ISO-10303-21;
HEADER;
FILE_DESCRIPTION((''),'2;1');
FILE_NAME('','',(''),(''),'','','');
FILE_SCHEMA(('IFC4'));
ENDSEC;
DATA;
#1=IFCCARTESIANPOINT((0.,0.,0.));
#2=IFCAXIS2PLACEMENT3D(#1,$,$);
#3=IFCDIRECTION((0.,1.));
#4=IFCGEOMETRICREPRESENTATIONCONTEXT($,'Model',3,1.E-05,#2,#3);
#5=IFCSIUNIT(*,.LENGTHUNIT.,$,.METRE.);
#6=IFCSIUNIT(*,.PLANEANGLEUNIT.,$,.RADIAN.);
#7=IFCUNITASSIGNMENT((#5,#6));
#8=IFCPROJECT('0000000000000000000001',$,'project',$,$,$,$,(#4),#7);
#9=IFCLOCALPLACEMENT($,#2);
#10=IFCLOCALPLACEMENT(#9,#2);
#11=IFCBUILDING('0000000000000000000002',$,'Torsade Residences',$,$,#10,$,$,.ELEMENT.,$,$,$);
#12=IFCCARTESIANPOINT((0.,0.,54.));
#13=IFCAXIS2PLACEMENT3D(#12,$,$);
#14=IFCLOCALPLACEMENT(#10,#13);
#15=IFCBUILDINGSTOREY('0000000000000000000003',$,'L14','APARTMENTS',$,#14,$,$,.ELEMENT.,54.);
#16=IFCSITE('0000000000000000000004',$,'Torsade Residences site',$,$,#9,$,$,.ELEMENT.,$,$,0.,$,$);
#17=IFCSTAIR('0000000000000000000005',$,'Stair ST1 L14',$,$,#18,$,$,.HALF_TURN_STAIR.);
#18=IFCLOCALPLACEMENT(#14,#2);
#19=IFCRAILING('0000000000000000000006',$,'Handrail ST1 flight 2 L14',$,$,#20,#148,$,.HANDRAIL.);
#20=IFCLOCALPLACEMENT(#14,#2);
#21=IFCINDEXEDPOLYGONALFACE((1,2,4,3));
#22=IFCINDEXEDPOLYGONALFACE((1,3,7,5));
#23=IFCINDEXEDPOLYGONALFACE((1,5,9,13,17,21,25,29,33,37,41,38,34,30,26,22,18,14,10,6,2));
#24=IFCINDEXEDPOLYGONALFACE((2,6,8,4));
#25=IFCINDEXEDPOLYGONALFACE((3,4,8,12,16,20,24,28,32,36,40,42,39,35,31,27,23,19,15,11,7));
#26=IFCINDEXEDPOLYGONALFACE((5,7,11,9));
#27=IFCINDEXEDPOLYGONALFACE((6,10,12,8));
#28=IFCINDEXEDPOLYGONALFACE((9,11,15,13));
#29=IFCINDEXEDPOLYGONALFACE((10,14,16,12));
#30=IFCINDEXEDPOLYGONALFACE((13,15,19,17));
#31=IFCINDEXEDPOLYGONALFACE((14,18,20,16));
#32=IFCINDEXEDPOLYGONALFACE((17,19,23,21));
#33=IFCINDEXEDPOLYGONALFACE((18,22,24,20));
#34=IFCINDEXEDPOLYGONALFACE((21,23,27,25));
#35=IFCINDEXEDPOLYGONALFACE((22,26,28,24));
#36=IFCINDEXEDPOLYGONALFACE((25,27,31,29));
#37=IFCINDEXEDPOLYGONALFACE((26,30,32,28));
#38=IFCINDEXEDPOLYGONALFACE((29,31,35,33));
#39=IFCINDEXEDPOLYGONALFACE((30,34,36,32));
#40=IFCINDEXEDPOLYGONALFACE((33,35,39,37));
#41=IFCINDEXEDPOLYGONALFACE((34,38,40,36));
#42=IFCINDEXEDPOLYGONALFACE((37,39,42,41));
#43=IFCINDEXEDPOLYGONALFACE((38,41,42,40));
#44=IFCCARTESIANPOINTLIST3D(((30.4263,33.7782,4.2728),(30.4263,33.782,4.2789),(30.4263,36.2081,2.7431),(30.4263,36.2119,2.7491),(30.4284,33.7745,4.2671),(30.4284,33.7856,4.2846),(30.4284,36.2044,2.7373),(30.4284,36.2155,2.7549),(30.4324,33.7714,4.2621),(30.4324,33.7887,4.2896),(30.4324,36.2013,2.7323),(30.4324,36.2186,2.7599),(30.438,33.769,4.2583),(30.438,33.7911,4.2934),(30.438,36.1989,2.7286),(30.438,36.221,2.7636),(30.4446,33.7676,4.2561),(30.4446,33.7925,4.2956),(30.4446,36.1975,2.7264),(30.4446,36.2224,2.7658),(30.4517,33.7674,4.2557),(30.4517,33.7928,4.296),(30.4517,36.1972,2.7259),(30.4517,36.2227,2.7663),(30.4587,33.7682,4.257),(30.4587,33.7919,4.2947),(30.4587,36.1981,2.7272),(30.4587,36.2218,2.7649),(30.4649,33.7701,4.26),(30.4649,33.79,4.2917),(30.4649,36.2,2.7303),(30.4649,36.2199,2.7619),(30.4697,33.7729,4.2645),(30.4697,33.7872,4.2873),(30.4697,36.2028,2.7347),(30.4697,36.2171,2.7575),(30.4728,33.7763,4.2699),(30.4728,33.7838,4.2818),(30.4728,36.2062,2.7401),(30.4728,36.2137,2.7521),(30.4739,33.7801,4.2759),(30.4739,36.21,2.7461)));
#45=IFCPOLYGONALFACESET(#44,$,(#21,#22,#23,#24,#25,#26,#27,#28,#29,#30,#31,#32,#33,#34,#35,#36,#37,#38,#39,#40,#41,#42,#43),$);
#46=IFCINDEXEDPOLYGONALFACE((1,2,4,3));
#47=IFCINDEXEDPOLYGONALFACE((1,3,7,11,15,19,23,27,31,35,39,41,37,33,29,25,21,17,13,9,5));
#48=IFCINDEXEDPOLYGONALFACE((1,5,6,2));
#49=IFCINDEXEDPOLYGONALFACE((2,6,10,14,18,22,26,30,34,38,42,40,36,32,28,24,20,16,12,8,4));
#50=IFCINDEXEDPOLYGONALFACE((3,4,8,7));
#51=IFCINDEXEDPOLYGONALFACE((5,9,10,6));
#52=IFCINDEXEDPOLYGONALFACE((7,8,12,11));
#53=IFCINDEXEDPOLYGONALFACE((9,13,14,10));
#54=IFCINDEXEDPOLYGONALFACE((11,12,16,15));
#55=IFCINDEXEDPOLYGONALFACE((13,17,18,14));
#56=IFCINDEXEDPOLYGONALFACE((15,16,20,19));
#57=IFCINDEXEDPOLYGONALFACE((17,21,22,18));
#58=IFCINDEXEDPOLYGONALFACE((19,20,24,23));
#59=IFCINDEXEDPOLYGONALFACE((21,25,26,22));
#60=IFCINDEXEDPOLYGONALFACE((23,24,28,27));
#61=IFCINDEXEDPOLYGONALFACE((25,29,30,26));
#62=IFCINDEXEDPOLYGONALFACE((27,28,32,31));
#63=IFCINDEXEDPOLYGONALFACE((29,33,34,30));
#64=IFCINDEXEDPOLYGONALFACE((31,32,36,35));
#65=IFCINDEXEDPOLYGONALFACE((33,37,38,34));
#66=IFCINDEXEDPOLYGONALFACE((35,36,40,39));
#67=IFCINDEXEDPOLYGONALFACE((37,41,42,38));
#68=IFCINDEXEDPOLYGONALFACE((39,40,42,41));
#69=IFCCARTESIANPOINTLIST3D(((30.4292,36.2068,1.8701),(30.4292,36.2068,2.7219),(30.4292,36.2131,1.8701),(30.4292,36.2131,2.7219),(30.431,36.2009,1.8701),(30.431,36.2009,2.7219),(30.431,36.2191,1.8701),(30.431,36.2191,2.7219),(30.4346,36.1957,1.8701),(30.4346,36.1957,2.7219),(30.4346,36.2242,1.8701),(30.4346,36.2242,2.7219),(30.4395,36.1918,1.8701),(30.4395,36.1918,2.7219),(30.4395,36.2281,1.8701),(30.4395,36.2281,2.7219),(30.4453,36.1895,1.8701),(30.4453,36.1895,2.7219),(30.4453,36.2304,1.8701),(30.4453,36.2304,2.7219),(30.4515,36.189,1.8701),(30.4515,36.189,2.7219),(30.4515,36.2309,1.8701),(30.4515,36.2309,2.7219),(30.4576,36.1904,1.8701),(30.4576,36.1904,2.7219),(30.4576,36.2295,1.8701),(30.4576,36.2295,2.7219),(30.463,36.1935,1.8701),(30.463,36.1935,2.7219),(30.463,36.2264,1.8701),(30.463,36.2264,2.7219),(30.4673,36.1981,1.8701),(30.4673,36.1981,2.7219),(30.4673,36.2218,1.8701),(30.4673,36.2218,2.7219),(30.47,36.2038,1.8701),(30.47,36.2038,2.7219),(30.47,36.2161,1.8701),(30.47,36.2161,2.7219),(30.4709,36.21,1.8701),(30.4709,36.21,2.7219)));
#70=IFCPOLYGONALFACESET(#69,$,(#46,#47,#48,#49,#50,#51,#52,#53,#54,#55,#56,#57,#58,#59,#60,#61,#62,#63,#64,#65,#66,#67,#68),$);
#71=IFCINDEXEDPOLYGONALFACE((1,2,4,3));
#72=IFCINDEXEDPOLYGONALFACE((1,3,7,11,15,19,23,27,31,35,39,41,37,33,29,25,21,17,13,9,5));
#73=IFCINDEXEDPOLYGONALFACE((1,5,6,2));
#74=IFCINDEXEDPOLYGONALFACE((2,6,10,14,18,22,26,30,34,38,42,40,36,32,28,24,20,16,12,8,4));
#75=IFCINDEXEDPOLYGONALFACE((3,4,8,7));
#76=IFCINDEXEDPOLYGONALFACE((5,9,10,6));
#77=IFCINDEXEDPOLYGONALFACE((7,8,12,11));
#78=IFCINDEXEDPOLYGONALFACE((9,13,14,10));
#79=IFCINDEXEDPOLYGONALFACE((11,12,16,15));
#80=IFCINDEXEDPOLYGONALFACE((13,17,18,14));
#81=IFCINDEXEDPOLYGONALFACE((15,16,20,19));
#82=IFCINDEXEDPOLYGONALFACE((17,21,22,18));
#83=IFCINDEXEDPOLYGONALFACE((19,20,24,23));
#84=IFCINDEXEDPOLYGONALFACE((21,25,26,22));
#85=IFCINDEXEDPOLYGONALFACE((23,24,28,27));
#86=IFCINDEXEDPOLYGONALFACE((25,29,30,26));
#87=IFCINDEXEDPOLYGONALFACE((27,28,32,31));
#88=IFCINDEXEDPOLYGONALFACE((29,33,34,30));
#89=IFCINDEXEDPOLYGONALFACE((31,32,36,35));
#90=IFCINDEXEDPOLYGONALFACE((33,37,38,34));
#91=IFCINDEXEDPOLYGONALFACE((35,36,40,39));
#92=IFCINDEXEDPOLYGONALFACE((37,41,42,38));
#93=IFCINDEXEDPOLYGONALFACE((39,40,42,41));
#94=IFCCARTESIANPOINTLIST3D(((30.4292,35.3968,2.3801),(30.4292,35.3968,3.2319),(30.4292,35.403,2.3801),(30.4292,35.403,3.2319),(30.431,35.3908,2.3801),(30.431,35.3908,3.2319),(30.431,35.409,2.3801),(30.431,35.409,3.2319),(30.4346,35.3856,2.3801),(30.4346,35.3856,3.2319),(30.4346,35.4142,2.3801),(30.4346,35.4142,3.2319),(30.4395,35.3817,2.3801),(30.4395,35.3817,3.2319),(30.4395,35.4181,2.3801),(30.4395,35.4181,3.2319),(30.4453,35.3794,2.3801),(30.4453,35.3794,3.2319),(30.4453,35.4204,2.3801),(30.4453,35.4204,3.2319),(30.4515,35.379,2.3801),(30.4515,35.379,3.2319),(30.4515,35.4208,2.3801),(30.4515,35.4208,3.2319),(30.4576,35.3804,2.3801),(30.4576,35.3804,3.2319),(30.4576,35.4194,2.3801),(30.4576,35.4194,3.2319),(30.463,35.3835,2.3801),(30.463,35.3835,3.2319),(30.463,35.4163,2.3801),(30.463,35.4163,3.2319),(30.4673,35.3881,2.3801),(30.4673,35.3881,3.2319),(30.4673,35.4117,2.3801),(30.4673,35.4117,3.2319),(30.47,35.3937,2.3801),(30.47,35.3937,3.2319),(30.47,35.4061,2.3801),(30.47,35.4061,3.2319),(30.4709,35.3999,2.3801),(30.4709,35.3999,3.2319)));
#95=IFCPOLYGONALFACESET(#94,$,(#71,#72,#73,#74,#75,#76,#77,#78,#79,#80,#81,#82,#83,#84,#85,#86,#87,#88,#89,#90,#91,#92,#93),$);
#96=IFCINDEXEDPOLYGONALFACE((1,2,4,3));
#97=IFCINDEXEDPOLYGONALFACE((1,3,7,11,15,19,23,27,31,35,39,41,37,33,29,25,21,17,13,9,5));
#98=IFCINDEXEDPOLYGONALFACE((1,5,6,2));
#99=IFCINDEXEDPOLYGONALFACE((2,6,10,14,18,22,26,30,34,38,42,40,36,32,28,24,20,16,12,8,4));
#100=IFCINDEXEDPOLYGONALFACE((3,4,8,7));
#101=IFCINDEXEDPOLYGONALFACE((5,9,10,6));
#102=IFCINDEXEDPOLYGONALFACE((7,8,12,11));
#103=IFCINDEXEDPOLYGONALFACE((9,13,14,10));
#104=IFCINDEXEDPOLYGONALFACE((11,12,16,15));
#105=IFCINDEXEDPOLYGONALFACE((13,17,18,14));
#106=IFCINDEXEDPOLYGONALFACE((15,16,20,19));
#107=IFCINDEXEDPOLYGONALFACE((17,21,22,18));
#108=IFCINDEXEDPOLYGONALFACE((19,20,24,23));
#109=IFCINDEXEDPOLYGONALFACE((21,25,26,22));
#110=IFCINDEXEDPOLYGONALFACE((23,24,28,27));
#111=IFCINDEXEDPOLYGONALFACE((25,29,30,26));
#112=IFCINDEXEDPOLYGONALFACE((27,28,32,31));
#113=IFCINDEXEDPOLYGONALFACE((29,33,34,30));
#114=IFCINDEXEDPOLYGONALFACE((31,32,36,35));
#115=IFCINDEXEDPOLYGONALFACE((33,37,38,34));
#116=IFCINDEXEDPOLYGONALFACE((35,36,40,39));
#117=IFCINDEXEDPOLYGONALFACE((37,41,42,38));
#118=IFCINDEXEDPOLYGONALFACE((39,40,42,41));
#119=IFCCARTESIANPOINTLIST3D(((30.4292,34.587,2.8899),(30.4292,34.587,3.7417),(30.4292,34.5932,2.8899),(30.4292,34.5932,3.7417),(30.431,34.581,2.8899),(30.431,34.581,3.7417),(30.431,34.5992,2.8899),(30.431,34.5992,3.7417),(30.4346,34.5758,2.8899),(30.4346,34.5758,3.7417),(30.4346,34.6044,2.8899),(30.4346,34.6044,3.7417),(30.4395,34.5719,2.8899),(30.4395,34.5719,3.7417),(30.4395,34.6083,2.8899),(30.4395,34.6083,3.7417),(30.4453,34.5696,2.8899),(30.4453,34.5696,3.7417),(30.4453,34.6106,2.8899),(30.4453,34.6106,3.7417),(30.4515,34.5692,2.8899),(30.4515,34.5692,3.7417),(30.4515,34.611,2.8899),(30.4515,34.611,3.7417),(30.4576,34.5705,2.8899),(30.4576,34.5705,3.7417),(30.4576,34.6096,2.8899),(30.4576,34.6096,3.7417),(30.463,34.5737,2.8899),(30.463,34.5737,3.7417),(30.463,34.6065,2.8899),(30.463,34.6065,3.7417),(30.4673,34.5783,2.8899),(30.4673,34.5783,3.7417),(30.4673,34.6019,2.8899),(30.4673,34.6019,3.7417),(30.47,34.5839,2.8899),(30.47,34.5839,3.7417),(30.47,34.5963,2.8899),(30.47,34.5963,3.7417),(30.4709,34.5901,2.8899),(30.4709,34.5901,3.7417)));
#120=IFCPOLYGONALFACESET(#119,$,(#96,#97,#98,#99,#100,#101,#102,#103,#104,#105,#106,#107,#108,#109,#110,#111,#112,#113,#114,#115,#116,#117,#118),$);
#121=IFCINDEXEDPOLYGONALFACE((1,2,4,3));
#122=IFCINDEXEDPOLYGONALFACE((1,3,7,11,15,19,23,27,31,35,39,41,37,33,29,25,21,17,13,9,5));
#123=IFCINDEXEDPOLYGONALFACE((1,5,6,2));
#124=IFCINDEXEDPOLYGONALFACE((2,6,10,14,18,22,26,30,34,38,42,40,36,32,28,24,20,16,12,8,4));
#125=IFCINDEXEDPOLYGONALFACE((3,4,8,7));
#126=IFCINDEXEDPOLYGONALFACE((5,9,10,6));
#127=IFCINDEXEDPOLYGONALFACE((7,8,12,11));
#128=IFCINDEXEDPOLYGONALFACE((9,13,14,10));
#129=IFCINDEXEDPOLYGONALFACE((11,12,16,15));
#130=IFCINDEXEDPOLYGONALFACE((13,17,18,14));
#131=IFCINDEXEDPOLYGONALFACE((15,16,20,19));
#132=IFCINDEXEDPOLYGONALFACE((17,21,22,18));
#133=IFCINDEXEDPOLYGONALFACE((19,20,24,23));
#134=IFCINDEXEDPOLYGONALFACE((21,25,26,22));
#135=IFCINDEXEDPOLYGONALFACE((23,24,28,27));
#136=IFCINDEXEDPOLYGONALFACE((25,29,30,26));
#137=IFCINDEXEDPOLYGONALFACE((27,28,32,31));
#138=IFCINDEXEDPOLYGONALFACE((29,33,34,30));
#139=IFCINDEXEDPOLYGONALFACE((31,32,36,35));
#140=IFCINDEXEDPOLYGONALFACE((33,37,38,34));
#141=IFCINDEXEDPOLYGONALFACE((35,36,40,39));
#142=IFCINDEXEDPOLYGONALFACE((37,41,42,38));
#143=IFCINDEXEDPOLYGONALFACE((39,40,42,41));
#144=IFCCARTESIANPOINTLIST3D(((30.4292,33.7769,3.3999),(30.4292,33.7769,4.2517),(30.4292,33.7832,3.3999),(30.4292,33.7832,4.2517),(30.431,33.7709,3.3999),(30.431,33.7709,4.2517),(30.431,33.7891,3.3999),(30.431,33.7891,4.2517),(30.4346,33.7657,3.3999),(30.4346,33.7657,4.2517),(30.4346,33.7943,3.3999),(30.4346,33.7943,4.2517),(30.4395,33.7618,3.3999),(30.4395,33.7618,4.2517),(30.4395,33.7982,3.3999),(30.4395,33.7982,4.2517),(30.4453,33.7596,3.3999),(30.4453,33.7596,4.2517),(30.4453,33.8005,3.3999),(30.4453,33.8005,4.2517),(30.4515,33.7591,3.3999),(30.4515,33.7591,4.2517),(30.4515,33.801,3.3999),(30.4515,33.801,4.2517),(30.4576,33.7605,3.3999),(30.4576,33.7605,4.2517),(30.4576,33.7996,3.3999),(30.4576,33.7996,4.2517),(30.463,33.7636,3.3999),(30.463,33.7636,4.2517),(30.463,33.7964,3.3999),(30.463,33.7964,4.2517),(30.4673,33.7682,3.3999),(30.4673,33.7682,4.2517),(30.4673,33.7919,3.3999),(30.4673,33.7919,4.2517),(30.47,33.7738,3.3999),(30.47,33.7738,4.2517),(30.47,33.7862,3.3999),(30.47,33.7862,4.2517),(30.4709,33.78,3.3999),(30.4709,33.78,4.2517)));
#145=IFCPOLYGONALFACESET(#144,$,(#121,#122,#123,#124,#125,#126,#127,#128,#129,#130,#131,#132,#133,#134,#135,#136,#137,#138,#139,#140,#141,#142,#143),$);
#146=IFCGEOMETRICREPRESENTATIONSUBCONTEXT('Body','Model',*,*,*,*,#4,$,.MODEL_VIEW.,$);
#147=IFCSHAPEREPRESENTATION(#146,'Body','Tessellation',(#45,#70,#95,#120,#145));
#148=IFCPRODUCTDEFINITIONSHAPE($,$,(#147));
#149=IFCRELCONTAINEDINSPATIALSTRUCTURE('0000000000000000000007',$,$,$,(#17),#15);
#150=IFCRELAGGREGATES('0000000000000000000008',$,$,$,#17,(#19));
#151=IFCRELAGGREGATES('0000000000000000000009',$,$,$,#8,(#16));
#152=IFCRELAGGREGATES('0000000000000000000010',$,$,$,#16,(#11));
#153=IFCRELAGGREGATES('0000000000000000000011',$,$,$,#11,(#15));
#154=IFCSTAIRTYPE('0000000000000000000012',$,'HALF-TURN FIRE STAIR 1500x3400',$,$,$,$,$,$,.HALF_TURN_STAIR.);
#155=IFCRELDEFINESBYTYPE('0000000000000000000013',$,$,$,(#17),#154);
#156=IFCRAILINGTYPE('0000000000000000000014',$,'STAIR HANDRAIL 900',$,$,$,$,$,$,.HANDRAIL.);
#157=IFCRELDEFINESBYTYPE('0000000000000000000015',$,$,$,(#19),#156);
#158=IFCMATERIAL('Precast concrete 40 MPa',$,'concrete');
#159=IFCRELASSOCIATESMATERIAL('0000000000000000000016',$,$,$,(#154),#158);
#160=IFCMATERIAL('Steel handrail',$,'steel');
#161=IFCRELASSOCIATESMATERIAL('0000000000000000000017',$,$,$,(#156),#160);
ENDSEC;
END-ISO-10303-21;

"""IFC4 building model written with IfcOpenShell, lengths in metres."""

from ifc_helpers import new_model, si_unit, direction, frame, origin, origin_2d, place, context, subcontext, project, spatial, circle, extrude, material, type_object, element, aggregate, save


model = new_model("IFC4")

# Units and contexts
model_context = context("Model", 3, precision=1e-05, world=origin(), true_north=direction((0.0, 1.0)))
body_context = subcontext(model_context, "Body", "Model", "MODEL_VIEW")
ifc_project = project(units=[si_unit("LENGTHUNIT", "METRE"), si_unit("PLANEANGLEUNIT", "RADIAN")], contexts=[model_context])

# Site, building, storey
site_placement = place(None, origin())
site = spatial("IfcSite", under=ifc_project, at=site_placement, Name="Torsade Residences site", CompositionType="ELEMENT", RefElevation=0.0)
building_placement = place(site_placement, origin())
building = spatial("IfcBuilding", under=site, at=building_placement, Name="Torsade Residences", CompositionType="ELEMENT")
storey_placement = place(building_placement, frame((0.0, 0.0, 54.0)))
storey = spatial("IfcBuildingStorey", under=building, at=storey_placement, Name="L14", Description="APARTMENTS", CompositionType="ELEMENT", Elevation=54.0)

# Stair, railing
ifc_material_1 = material(Name="Precast concrete 40 MPa", Category="concrete")
stair_type = type_object("IfcStairType", Name="HALF-TURN FIRE STAIR 1500x3400", PredefinedType="HALF_TURN_STAIR", material=ifc_material_1)
stair_placement = place(storey_placement, origin())
stair = element("IfcStair", 1, at=stair_placement, inside=storey, type_object=stair_type, Name="Stair ST1 L14", PredefinedType="HALF_TURN_STAIR")
ifc_material_2 = material(Name="Steel handrail", Category="steel")
railing_type = type_object("IfcRailingType", Name="STAIR HANDRAIL 900", PredefinedType="HANDRAIL", material=ifc_material_2)
railing_1_placement = place(storey_placement, frame((30.45, 36.21, 1.8701)))
railing_1 = element("IfcRailing", 2, at=railing_1_placement, type_object=railing_type, Name="Handrail ST1 flight 2 L14", PredefinedType="HANDRAIL", context=body_context, shape_type="SweptSolid", body=[
    extrude(circle(Radius=0.0239, at=origin_2d()), frame((0.0, 0.0, 0.876), z_axis=(0.0, -0.84626, 0.53277), x_axis=(1.0, 0.0, 0.0)), (0.0, 0.0, 1.0), 2.8713),
    extrude(circle(Radius=0.021, at=origin_2d()), origin(), (0.0, 0.0, 1.0), 0.8518),
    extrude(circle(Radius=0.021, at=origin_2d()), frame((0.0, -0.8101, 0.51)), (0.0, 0.0, 1.0), 0.8518),
    extrude(circle(Radius=0.021, at=origin_2d()), frame((0.0, -1.6199, 1.0198)), (0.0, 0.0, 1.0), 0.8518),
    extrude(circle(Radius=0.021, at=origin_2d()), frame((0.0, -2.4299, 1.5298)), (0.0, 0.0, 1.0), 0.8518),
])
aggregate(stair, [railing_1])

save(model, "model.ifc")
